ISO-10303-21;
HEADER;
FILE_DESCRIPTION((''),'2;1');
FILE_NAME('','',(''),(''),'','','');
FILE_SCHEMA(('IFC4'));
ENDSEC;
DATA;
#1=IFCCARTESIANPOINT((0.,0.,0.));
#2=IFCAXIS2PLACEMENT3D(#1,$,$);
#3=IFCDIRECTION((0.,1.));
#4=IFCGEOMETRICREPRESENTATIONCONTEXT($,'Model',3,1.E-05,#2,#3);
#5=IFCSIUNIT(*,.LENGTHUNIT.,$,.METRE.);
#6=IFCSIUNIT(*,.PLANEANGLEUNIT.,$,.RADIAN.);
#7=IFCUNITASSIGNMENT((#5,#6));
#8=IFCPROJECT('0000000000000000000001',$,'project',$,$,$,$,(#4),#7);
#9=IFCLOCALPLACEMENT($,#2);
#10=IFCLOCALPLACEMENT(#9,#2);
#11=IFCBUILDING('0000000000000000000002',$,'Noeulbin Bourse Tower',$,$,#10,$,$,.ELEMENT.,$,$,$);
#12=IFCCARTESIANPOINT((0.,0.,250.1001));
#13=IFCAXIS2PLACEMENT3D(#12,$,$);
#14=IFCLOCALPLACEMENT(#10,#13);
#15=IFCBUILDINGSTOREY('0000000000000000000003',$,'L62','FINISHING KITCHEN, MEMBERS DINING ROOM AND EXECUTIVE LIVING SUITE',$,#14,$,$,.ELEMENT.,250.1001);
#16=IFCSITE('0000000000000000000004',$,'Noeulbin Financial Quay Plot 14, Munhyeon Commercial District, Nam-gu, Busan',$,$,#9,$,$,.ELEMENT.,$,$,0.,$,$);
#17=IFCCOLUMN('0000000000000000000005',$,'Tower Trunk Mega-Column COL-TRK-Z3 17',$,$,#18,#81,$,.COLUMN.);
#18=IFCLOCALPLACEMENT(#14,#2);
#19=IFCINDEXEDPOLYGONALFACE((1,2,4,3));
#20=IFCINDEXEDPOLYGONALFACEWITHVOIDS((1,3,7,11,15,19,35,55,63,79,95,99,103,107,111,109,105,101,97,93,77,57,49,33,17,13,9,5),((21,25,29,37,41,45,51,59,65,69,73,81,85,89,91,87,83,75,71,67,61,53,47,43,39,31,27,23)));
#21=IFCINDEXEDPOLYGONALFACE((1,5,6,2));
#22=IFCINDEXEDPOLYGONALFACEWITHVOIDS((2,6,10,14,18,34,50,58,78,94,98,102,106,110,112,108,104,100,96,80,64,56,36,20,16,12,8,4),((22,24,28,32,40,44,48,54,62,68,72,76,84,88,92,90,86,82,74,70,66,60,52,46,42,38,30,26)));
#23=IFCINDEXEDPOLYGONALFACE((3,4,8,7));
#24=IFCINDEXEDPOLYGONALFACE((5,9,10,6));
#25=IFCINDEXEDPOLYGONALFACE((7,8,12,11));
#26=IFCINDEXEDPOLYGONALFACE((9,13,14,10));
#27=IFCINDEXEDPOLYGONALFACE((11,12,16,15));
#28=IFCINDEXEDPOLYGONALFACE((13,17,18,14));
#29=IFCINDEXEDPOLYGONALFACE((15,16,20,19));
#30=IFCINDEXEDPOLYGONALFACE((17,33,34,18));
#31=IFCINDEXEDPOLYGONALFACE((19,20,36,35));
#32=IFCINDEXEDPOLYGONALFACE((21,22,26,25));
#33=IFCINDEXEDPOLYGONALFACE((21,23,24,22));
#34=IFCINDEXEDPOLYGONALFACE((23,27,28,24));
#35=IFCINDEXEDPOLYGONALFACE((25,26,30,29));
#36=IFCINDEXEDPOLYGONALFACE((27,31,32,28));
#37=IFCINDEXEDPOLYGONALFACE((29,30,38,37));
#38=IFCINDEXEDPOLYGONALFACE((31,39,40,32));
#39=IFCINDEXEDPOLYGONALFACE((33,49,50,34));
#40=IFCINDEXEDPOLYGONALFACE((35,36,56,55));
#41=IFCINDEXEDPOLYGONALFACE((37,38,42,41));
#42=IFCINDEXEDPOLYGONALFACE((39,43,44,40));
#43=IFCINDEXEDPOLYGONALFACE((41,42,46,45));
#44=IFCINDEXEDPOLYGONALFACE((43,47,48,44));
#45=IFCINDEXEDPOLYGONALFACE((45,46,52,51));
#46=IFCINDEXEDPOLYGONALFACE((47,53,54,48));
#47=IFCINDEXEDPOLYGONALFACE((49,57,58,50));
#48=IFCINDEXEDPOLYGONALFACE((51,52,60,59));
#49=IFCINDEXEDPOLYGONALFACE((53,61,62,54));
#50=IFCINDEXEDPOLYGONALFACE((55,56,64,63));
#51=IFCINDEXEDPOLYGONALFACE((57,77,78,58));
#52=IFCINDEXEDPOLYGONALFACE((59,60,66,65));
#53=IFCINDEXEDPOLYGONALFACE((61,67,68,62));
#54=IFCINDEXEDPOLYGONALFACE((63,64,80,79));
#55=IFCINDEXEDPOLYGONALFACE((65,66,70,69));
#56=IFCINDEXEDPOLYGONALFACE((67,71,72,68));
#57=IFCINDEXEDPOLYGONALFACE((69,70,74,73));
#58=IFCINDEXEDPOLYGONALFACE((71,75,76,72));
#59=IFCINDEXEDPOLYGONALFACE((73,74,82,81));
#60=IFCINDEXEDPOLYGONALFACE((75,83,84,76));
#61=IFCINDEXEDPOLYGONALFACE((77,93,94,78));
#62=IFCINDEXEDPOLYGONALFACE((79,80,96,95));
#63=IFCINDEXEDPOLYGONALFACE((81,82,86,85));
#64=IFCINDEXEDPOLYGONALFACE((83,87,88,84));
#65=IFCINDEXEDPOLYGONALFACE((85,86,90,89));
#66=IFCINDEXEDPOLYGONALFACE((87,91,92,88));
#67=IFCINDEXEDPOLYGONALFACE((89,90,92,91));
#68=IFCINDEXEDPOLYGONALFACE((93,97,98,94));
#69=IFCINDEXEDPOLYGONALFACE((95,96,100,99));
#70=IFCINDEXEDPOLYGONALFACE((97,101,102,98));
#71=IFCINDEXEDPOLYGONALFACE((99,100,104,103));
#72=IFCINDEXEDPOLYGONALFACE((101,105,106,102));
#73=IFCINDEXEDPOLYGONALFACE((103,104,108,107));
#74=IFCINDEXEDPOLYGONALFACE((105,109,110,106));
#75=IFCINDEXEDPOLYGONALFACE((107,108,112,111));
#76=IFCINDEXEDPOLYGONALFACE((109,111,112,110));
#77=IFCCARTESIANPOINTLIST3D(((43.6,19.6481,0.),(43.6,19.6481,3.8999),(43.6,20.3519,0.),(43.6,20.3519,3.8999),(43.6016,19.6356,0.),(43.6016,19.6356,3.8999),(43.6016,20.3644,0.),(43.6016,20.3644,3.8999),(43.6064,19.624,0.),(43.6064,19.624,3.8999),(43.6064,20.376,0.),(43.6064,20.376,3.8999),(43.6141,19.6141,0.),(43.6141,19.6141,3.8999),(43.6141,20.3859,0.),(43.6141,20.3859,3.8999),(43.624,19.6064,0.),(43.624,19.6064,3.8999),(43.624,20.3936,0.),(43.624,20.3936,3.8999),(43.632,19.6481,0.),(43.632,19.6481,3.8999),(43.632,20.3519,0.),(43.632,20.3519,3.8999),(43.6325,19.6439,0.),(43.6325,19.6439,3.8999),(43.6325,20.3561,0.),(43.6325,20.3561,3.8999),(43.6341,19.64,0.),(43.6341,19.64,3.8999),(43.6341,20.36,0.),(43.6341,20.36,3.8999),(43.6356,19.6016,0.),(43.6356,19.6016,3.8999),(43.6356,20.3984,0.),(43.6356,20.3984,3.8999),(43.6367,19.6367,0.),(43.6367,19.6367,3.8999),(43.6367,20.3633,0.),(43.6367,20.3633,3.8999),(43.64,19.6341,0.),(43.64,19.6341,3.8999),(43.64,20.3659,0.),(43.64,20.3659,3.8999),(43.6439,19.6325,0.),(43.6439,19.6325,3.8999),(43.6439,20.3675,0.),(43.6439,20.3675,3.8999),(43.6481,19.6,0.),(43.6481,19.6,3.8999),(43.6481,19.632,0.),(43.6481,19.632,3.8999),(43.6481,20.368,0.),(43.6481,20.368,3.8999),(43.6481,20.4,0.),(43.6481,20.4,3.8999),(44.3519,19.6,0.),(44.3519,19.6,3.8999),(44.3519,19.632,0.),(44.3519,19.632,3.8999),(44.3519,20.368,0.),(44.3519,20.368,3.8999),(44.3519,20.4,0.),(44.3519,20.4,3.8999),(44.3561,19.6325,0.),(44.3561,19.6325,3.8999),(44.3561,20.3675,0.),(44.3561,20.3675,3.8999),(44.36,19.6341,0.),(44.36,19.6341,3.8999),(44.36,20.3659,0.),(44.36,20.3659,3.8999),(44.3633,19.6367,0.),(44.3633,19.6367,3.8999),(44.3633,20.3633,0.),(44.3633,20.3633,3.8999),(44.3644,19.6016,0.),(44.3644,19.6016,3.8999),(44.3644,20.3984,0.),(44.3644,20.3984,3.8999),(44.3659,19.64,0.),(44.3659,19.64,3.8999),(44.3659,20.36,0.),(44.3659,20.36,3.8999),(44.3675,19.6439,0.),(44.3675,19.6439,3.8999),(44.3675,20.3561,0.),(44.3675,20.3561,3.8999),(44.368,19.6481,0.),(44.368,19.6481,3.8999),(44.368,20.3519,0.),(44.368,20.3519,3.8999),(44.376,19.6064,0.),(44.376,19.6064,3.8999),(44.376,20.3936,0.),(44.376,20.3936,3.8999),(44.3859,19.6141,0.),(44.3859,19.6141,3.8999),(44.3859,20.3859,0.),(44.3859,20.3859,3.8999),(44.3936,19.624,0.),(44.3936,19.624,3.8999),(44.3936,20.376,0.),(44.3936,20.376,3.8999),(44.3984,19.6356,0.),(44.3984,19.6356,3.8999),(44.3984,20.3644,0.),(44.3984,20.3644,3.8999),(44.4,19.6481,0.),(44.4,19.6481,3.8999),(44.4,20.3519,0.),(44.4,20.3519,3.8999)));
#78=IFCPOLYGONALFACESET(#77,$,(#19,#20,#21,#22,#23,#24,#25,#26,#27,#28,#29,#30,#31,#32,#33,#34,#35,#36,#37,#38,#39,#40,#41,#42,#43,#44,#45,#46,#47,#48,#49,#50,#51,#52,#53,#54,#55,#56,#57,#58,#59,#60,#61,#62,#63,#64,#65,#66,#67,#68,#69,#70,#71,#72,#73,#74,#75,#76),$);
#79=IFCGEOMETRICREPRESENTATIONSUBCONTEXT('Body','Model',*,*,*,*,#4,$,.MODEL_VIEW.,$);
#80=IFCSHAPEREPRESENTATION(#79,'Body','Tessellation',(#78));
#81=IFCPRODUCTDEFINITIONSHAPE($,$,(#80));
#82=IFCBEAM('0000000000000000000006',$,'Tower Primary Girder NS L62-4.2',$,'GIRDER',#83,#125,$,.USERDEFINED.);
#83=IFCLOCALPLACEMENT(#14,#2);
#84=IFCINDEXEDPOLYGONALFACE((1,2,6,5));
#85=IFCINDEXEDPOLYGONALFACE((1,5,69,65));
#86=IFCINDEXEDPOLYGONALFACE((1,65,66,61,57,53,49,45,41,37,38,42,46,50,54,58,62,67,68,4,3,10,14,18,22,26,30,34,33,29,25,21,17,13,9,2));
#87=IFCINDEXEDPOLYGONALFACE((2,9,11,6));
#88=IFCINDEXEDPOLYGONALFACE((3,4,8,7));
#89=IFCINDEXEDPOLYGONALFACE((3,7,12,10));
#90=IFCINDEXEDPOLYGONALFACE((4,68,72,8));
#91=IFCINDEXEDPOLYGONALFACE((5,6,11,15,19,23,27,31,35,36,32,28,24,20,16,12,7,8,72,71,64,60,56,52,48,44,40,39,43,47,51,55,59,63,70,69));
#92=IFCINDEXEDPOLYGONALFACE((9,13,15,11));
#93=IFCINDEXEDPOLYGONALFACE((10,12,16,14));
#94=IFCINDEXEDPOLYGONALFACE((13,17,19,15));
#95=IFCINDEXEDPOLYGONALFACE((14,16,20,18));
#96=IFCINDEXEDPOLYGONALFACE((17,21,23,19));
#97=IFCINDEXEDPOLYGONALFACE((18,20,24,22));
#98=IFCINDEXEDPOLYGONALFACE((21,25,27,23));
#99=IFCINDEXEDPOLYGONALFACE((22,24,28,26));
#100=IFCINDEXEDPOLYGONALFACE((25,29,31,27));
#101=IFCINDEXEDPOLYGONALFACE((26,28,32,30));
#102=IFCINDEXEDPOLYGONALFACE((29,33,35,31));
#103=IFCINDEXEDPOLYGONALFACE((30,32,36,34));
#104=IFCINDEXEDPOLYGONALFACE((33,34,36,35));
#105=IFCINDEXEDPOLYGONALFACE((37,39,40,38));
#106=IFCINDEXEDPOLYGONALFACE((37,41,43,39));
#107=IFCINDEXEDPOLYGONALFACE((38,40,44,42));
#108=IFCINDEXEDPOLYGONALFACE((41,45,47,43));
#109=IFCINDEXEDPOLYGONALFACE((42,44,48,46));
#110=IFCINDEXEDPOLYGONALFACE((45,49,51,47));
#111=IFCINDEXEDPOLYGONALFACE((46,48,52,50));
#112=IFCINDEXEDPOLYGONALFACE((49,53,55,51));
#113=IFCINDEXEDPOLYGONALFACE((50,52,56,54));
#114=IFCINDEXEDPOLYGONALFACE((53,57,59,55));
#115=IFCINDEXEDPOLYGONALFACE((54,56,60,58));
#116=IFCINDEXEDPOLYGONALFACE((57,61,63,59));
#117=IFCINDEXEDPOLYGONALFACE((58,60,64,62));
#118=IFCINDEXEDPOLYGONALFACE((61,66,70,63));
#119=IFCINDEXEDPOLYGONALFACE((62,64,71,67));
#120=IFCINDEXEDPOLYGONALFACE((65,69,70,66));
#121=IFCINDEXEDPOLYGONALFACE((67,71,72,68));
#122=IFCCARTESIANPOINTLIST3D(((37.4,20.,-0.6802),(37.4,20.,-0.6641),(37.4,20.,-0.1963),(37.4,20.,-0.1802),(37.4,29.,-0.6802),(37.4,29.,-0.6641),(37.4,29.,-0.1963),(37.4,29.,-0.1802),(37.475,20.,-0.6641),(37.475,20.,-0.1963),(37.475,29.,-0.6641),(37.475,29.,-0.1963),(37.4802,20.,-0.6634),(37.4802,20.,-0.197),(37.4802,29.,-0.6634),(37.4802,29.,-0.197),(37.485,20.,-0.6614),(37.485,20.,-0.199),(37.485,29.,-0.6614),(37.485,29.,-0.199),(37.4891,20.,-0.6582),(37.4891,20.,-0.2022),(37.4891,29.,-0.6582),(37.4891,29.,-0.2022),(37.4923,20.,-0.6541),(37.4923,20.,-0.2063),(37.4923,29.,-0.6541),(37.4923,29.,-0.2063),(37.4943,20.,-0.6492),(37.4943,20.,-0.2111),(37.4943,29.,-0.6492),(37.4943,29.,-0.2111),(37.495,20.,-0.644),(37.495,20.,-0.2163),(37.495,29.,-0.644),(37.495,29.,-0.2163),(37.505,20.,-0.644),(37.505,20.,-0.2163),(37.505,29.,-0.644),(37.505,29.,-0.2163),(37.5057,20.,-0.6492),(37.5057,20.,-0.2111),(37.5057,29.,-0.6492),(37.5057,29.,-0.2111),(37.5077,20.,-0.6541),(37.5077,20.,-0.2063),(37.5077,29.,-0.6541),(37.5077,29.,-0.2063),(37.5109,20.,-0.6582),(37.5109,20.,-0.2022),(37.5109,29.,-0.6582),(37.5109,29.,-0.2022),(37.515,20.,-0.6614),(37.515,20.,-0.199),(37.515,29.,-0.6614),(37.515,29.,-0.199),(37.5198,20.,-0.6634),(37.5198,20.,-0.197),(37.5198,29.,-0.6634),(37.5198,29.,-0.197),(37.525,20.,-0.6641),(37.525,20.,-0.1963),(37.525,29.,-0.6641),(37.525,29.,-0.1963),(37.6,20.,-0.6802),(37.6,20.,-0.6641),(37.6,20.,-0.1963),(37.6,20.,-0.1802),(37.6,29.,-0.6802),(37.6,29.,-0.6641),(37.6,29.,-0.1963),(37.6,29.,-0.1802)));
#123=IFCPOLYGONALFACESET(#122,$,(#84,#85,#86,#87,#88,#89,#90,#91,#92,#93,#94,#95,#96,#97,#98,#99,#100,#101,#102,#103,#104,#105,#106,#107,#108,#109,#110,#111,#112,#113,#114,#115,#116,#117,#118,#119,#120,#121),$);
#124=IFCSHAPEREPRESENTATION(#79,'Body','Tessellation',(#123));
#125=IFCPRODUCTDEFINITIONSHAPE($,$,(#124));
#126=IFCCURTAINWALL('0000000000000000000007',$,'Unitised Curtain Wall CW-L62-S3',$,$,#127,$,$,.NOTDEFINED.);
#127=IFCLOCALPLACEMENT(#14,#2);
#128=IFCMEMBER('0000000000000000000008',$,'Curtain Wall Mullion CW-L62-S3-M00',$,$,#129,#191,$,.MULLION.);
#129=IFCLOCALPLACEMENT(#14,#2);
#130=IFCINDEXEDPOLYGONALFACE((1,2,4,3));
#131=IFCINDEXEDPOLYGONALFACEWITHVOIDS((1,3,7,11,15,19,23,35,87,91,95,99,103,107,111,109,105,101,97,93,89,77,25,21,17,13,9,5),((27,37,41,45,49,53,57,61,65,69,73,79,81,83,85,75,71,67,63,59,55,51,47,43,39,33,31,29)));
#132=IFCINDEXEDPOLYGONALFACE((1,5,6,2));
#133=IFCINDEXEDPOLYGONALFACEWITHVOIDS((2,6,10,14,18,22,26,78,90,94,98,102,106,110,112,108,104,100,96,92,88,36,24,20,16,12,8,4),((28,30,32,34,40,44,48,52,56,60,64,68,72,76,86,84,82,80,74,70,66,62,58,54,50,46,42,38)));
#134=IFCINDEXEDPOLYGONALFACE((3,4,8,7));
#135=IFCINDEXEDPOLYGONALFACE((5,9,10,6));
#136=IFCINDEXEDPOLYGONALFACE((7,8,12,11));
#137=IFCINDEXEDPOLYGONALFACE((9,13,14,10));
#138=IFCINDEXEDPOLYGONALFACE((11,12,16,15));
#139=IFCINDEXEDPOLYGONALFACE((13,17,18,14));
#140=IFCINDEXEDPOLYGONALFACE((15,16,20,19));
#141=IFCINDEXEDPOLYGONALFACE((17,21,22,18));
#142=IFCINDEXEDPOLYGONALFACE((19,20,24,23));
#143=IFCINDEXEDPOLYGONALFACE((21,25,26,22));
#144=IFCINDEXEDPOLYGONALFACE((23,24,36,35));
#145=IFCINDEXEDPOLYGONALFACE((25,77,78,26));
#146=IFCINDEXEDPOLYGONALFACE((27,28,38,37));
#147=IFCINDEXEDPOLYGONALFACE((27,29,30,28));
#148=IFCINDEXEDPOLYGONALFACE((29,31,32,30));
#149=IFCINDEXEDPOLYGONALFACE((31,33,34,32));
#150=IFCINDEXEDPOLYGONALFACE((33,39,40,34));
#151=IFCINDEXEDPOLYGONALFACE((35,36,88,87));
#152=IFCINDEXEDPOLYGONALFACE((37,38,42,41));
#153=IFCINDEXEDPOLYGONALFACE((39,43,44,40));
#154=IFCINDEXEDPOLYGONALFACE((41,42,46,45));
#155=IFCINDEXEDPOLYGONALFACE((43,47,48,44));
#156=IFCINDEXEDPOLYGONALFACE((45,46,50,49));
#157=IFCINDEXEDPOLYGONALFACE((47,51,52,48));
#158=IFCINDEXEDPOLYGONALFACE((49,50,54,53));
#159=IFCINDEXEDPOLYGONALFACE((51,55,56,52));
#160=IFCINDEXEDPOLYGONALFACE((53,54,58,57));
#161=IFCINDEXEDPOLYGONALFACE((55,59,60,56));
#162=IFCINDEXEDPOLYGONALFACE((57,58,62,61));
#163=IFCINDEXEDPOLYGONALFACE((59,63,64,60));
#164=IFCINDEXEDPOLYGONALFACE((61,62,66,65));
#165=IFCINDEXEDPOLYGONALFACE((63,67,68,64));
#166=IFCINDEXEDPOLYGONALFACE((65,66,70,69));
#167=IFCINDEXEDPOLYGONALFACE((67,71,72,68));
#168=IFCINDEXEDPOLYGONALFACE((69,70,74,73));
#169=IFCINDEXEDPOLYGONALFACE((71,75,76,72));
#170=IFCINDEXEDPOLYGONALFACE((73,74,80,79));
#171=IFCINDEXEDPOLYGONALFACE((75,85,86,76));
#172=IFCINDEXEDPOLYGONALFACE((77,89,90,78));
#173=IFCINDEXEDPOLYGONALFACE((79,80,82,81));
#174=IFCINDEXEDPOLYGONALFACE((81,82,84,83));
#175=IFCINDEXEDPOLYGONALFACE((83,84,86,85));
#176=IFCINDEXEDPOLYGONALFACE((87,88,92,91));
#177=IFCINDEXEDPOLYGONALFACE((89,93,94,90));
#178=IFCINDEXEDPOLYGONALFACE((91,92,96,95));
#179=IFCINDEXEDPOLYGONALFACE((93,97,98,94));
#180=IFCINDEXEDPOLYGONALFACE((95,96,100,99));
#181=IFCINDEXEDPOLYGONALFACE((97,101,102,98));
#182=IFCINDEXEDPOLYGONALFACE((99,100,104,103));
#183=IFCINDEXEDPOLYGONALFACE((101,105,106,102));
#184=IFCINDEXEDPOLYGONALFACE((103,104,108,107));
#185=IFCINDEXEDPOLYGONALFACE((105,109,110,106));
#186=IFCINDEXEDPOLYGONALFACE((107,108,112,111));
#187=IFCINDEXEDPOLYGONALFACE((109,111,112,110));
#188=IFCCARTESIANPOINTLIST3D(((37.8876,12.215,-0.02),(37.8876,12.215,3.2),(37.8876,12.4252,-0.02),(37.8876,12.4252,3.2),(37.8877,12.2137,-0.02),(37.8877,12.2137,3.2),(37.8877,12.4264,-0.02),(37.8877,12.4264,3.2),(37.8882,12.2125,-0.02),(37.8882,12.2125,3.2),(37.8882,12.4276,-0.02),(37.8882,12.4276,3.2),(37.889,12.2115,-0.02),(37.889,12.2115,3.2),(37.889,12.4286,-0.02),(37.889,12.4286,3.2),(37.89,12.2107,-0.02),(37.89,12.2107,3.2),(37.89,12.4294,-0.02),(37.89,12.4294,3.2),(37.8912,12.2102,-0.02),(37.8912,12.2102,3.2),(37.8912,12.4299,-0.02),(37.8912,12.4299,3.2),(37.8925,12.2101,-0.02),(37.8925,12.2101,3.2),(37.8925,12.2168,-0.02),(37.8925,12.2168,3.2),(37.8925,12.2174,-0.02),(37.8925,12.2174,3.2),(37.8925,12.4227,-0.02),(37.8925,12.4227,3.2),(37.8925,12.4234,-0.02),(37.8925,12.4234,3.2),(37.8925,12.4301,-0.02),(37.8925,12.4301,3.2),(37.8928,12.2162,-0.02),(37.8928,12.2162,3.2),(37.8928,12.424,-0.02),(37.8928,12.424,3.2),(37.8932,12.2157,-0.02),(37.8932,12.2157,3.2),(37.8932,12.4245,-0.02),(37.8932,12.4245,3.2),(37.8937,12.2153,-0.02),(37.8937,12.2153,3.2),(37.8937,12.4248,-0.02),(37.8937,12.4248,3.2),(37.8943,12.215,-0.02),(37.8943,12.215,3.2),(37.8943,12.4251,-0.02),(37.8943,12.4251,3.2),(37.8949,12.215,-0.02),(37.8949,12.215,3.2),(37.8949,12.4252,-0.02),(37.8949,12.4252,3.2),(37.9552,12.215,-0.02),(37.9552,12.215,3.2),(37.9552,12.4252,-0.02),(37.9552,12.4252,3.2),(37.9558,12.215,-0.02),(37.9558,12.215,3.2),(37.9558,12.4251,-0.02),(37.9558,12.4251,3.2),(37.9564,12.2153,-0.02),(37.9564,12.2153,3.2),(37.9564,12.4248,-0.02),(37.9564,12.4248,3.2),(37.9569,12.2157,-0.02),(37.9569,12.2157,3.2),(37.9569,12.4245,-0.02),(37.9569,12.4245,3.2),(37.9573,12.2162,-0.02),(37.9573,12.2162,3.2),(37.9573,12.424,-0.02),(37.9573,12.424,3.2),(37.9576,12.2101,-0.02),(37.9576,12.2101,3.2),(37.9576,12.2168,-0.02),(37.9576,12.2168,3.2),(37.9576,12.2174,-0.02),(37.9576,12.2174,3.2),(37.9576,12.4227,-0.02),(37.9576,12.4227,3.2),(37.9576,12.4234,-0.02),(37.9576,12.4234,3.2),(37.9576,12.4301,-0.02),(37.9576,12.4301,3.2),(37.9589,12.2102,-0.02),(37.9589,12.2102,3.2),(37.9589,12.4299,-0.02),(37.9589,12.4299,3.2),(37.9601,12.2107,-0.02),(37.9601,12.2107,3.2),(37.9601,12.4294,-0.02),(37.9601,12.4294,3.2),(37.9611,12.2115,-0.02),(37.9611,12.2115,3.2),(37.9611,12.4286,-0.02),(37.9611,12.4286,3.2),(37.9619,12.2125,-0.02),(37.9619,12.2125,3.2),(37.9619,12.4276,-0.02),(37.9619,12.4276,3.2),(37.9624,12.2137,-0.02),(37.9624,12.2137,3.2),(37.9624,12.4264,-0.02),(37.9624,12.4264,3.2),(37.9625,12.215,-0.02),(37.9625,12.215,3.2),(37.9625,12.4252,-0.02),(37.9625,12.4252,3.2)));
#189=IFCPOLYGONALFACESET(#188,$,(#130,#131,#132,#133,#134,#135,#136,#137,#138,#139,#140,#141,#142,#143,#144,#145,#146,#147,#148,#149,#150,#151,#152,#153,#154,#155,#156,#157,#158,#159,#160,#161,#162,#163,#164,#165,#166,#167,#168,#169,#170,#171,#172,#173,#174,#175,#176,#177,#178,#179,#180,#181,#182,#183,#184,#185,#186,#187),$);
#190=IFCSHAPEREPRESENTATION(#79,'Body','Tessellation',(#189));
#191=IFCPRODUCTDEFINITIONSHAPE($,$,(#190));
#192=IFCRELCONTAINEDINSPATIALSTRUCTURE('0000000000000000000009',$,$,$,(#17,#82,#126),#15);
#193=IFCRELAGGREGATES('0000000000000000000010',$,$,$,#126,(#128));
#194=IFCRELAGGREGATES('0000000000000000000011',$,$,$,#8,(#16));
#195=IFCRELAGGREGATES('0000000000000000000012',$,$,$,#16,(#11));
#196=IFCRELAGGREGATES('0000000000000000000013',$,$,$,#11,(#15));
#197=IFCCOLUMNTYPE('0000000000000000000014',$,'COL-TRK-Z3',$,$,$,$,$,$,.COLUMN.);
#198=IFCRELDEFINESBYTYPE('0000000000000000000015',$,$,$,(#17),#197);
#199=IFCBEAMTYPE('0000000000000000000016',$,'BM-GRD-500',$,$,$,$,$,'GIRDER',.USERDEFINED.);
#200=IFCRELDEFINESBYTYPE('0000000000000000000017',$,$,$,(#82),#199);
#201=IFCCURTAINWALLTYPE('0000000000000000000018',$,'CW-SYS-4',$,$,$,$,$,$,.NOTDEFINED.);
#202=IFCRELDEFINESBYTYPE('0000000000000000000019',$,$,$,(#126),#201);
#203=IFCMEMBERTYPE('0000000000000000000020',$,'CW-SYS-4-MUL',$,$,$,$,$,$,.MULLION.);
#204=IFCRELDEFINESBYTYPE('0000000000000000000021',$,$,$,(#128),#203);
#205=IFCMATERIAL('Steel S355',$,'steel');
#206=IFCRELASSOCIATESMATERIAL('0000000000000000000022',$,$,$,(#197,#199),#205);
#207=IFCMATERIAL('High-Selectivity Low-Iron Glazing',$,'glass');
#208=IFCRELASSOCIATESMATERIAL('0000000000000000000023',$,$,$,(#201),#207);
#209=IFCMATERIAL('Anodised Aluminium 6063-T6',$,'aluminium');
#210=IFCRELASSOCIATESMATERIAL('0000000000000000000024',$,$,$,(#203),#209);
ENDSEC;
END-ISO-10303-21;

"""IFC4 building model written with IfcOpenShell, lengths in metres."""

from ifc_helpers import new_model, si_unit, direction, frame, origin, origin_2d, place, context, subcontext, project, spatial, hollow_rectangle, i_section, extrude, material, material_profile, profile_set, type_object, element, aggregate, save


model = new_model("IFC4")

# Units and contexts
model_context = context("Model", 3, precision=1e-05, world=origin(), true_north=direction((0.0, 1.0)))
body_context = subcontext(model_context, "Body", "Model", "MODEL_VIEW")
ifc_project = project(units=[si_unit("LENGTHUNIT", "METRE"), si_unit("PLANEANGLEUNIT", "RADIAN")], contexts=[model_context])

# Site, building, storey
site_placement = place(None, origin())
site = spatial("IfcSite", under=ifc_project, at=site_placement, Name="Noeulbin Financial Quay Plot 14, Munhyeon Commercial District, Nam-gu, Busan", CompositionType="ELEMENT", RefElevation=0.0)
building_placement = place(site_placement, origin())
building = spatial("IfcBuilding", under=site, at=building_placement, Name="Noeulbin Bourse Tower", CompositionType="ELEMENT")
storey_placement = place(building_placement, frame((0.0, 0.0, 250.1001)))
storey = spatial("IfcBuildingStorey", under=building, at=storey_placement, Name="L62", Description="FINISHING KITCHEN, MEMBERS DINING ROOM AND EXECUTIVE LIVING SUITE", CompositionType="ELEMENT", Elevation=250.1001)

# Column
ifc_material_1 = material(Name="Steel S355", Category="steel")
ifc_material_profile_1 = material_profile(ifc_material_1, hollow_rectangle(XDim=0.8, YDim=0.8, WallThickness=0.032, InnerFilletRadius=0.0161, OuterFilletRadius=0.0481, at=origin_2d()), Name="BOX-800x800x32", Category="LoadBearing")
ifc_profile_set_1 = profile_set([ifc_material_profile_1], Name="Steel S355")
column_type = type_object("IfcColumnType", Name="COL-TRK-Z3", PredefinedType="COLUMN", material=ifc_profile_set_1)
column_placement = place(storey_placement, frame((44.0, 20.0, 0.0), z_axis=(0.0, 0.0, 1.0), x_axis=(1.0, 0.0, 0.0)))
element("IfcColumn", 1, at=column_placement, inside=storey, type_object=column_type, Name="Tower Trunk Mega-Column COL-TRK-Z3 17", PredefinedType="COLUMN", context=body_context, shape_type="SweptSolid", body=[
    extrude(hollow_rectangle(XDim=0.8, YDim=0.8, WallThickness=0.032, InnerFilletRadius=0.0161, OuterFilletRadius=0.0481, at=origin_2d()), origin(), (0.0, 0.0, 1.0), 3.8999),
])

# Beam
ifc_material_profile_2 = material_profile(ifc_material_1, i_section(OverallWidth=0.2, OverallDepth=0.5, WebThickness=0.01, FlangeThickness=0.0161, FilletRadius=0.02, at=origin_2d()), Name="H-500x200x10x16", Category="LoadBearing")
ifc_profile_set_2 = profile_set([ifc_material_profile_2], Name="Steel S355")
beam_type = type_object("IfcBeamType", Name="BM-GRD-500", ElementType="GIRDER", PredefinedType="USERDEFINED", material=ifc_profile_set_2)
beam_placement = place(storey_placement, frame((37.5, 20.0, -0.4302), z_axis=(0.0, 1.0, 0.0), x_axis=(-1.0, 0.0, 0.0)))
element("IfcBeam", 2, at=beam_placement, inside=storey, type_object=beam_type, Name="Tower Primary Girder NS L62-4.2", ObjectType="GIRDER", PredefinedType="USERDEFINED", context=body_context, shape_type="SweptSolid", body=[
    extrude(i_section(OverallWidth=0.2, OverallDepth=0.5, WebThickness=0.01, FlangeThickness=0.0161, FilletRadius=0.02, at=origin_2d()), origin(), (0.0, 0.0, 1.0), 9.0),
])

# Curtain wall, member
ifc_material_2 = material(Name="High-Selectivity Low-Iron Glazing", Category="glass")
curtain_wall_type = type_object("IfcCurtainWallType", Name="CW-SYS-4", PredefinedType="NOTDEFINED", material=ifc_material_2)
curtain_wall_1_placement = place(storey_placement, origin())
curtain_wall_1 = element("IfcCurtainWall", 3, at=curtain_wall_1_placement, inside=storey, type_object=curtain_wall_type, Name="Unitised Curtain Wall CW-L62-S3", PredefinedType="NOTDEFINED")
ifc_material_3 = material(Name="Anodised Aluminium 6063-T6", Category="aluminium")
ifc_material_profile_3 = material_profile(ifc_material_3, hollow_rectangle(XDim=0.075, YDim=0.22, WallThickness=0.0049, InnerFilletRadius=0.0024, OuterFilletRadius=0.0049, at=origin_2d()), Name="ALU-MULL-75x220x5", Category="LoadBearing")
ifc_profile_set_3 = profile_set([ifc_material_profile_3], Name="Anodised Aluminium 6063-T6")
member_type_1 = type_object("IfcMemberType", Name="CW-SYS-4-MUL", PredefinedType="MULLION", material=ifc_profile_set_3)
member_1_placement = place(storey_placement, frame((37.925, 12.3201, -0.02), z_axis=(0.0, 0.0, 1.0), x_axis=(1.0, 0.0, 0.0)))
member_1 = element("IfcMember", 4, at=member_1_placement, type_object=member_type_1, Name="Curtain Wall Mullion CW-L62-S3-M00", PredefinedType="MULLION", context=body_context, shape_type="SweptSolid", body=[
    extrude(hollow_rectangle(XDim=0.075, YDim=0.22, WallThickness=0.0049, InnerFilletRadius=0.0024, OuterFilletRadius=0.0049, at=origin_2d()), origin(), (0.0, 0.0, 1.0), 3.22),
])

aggregate(curtain_wall_1, [member_1])

save(model, "model.ifc")
